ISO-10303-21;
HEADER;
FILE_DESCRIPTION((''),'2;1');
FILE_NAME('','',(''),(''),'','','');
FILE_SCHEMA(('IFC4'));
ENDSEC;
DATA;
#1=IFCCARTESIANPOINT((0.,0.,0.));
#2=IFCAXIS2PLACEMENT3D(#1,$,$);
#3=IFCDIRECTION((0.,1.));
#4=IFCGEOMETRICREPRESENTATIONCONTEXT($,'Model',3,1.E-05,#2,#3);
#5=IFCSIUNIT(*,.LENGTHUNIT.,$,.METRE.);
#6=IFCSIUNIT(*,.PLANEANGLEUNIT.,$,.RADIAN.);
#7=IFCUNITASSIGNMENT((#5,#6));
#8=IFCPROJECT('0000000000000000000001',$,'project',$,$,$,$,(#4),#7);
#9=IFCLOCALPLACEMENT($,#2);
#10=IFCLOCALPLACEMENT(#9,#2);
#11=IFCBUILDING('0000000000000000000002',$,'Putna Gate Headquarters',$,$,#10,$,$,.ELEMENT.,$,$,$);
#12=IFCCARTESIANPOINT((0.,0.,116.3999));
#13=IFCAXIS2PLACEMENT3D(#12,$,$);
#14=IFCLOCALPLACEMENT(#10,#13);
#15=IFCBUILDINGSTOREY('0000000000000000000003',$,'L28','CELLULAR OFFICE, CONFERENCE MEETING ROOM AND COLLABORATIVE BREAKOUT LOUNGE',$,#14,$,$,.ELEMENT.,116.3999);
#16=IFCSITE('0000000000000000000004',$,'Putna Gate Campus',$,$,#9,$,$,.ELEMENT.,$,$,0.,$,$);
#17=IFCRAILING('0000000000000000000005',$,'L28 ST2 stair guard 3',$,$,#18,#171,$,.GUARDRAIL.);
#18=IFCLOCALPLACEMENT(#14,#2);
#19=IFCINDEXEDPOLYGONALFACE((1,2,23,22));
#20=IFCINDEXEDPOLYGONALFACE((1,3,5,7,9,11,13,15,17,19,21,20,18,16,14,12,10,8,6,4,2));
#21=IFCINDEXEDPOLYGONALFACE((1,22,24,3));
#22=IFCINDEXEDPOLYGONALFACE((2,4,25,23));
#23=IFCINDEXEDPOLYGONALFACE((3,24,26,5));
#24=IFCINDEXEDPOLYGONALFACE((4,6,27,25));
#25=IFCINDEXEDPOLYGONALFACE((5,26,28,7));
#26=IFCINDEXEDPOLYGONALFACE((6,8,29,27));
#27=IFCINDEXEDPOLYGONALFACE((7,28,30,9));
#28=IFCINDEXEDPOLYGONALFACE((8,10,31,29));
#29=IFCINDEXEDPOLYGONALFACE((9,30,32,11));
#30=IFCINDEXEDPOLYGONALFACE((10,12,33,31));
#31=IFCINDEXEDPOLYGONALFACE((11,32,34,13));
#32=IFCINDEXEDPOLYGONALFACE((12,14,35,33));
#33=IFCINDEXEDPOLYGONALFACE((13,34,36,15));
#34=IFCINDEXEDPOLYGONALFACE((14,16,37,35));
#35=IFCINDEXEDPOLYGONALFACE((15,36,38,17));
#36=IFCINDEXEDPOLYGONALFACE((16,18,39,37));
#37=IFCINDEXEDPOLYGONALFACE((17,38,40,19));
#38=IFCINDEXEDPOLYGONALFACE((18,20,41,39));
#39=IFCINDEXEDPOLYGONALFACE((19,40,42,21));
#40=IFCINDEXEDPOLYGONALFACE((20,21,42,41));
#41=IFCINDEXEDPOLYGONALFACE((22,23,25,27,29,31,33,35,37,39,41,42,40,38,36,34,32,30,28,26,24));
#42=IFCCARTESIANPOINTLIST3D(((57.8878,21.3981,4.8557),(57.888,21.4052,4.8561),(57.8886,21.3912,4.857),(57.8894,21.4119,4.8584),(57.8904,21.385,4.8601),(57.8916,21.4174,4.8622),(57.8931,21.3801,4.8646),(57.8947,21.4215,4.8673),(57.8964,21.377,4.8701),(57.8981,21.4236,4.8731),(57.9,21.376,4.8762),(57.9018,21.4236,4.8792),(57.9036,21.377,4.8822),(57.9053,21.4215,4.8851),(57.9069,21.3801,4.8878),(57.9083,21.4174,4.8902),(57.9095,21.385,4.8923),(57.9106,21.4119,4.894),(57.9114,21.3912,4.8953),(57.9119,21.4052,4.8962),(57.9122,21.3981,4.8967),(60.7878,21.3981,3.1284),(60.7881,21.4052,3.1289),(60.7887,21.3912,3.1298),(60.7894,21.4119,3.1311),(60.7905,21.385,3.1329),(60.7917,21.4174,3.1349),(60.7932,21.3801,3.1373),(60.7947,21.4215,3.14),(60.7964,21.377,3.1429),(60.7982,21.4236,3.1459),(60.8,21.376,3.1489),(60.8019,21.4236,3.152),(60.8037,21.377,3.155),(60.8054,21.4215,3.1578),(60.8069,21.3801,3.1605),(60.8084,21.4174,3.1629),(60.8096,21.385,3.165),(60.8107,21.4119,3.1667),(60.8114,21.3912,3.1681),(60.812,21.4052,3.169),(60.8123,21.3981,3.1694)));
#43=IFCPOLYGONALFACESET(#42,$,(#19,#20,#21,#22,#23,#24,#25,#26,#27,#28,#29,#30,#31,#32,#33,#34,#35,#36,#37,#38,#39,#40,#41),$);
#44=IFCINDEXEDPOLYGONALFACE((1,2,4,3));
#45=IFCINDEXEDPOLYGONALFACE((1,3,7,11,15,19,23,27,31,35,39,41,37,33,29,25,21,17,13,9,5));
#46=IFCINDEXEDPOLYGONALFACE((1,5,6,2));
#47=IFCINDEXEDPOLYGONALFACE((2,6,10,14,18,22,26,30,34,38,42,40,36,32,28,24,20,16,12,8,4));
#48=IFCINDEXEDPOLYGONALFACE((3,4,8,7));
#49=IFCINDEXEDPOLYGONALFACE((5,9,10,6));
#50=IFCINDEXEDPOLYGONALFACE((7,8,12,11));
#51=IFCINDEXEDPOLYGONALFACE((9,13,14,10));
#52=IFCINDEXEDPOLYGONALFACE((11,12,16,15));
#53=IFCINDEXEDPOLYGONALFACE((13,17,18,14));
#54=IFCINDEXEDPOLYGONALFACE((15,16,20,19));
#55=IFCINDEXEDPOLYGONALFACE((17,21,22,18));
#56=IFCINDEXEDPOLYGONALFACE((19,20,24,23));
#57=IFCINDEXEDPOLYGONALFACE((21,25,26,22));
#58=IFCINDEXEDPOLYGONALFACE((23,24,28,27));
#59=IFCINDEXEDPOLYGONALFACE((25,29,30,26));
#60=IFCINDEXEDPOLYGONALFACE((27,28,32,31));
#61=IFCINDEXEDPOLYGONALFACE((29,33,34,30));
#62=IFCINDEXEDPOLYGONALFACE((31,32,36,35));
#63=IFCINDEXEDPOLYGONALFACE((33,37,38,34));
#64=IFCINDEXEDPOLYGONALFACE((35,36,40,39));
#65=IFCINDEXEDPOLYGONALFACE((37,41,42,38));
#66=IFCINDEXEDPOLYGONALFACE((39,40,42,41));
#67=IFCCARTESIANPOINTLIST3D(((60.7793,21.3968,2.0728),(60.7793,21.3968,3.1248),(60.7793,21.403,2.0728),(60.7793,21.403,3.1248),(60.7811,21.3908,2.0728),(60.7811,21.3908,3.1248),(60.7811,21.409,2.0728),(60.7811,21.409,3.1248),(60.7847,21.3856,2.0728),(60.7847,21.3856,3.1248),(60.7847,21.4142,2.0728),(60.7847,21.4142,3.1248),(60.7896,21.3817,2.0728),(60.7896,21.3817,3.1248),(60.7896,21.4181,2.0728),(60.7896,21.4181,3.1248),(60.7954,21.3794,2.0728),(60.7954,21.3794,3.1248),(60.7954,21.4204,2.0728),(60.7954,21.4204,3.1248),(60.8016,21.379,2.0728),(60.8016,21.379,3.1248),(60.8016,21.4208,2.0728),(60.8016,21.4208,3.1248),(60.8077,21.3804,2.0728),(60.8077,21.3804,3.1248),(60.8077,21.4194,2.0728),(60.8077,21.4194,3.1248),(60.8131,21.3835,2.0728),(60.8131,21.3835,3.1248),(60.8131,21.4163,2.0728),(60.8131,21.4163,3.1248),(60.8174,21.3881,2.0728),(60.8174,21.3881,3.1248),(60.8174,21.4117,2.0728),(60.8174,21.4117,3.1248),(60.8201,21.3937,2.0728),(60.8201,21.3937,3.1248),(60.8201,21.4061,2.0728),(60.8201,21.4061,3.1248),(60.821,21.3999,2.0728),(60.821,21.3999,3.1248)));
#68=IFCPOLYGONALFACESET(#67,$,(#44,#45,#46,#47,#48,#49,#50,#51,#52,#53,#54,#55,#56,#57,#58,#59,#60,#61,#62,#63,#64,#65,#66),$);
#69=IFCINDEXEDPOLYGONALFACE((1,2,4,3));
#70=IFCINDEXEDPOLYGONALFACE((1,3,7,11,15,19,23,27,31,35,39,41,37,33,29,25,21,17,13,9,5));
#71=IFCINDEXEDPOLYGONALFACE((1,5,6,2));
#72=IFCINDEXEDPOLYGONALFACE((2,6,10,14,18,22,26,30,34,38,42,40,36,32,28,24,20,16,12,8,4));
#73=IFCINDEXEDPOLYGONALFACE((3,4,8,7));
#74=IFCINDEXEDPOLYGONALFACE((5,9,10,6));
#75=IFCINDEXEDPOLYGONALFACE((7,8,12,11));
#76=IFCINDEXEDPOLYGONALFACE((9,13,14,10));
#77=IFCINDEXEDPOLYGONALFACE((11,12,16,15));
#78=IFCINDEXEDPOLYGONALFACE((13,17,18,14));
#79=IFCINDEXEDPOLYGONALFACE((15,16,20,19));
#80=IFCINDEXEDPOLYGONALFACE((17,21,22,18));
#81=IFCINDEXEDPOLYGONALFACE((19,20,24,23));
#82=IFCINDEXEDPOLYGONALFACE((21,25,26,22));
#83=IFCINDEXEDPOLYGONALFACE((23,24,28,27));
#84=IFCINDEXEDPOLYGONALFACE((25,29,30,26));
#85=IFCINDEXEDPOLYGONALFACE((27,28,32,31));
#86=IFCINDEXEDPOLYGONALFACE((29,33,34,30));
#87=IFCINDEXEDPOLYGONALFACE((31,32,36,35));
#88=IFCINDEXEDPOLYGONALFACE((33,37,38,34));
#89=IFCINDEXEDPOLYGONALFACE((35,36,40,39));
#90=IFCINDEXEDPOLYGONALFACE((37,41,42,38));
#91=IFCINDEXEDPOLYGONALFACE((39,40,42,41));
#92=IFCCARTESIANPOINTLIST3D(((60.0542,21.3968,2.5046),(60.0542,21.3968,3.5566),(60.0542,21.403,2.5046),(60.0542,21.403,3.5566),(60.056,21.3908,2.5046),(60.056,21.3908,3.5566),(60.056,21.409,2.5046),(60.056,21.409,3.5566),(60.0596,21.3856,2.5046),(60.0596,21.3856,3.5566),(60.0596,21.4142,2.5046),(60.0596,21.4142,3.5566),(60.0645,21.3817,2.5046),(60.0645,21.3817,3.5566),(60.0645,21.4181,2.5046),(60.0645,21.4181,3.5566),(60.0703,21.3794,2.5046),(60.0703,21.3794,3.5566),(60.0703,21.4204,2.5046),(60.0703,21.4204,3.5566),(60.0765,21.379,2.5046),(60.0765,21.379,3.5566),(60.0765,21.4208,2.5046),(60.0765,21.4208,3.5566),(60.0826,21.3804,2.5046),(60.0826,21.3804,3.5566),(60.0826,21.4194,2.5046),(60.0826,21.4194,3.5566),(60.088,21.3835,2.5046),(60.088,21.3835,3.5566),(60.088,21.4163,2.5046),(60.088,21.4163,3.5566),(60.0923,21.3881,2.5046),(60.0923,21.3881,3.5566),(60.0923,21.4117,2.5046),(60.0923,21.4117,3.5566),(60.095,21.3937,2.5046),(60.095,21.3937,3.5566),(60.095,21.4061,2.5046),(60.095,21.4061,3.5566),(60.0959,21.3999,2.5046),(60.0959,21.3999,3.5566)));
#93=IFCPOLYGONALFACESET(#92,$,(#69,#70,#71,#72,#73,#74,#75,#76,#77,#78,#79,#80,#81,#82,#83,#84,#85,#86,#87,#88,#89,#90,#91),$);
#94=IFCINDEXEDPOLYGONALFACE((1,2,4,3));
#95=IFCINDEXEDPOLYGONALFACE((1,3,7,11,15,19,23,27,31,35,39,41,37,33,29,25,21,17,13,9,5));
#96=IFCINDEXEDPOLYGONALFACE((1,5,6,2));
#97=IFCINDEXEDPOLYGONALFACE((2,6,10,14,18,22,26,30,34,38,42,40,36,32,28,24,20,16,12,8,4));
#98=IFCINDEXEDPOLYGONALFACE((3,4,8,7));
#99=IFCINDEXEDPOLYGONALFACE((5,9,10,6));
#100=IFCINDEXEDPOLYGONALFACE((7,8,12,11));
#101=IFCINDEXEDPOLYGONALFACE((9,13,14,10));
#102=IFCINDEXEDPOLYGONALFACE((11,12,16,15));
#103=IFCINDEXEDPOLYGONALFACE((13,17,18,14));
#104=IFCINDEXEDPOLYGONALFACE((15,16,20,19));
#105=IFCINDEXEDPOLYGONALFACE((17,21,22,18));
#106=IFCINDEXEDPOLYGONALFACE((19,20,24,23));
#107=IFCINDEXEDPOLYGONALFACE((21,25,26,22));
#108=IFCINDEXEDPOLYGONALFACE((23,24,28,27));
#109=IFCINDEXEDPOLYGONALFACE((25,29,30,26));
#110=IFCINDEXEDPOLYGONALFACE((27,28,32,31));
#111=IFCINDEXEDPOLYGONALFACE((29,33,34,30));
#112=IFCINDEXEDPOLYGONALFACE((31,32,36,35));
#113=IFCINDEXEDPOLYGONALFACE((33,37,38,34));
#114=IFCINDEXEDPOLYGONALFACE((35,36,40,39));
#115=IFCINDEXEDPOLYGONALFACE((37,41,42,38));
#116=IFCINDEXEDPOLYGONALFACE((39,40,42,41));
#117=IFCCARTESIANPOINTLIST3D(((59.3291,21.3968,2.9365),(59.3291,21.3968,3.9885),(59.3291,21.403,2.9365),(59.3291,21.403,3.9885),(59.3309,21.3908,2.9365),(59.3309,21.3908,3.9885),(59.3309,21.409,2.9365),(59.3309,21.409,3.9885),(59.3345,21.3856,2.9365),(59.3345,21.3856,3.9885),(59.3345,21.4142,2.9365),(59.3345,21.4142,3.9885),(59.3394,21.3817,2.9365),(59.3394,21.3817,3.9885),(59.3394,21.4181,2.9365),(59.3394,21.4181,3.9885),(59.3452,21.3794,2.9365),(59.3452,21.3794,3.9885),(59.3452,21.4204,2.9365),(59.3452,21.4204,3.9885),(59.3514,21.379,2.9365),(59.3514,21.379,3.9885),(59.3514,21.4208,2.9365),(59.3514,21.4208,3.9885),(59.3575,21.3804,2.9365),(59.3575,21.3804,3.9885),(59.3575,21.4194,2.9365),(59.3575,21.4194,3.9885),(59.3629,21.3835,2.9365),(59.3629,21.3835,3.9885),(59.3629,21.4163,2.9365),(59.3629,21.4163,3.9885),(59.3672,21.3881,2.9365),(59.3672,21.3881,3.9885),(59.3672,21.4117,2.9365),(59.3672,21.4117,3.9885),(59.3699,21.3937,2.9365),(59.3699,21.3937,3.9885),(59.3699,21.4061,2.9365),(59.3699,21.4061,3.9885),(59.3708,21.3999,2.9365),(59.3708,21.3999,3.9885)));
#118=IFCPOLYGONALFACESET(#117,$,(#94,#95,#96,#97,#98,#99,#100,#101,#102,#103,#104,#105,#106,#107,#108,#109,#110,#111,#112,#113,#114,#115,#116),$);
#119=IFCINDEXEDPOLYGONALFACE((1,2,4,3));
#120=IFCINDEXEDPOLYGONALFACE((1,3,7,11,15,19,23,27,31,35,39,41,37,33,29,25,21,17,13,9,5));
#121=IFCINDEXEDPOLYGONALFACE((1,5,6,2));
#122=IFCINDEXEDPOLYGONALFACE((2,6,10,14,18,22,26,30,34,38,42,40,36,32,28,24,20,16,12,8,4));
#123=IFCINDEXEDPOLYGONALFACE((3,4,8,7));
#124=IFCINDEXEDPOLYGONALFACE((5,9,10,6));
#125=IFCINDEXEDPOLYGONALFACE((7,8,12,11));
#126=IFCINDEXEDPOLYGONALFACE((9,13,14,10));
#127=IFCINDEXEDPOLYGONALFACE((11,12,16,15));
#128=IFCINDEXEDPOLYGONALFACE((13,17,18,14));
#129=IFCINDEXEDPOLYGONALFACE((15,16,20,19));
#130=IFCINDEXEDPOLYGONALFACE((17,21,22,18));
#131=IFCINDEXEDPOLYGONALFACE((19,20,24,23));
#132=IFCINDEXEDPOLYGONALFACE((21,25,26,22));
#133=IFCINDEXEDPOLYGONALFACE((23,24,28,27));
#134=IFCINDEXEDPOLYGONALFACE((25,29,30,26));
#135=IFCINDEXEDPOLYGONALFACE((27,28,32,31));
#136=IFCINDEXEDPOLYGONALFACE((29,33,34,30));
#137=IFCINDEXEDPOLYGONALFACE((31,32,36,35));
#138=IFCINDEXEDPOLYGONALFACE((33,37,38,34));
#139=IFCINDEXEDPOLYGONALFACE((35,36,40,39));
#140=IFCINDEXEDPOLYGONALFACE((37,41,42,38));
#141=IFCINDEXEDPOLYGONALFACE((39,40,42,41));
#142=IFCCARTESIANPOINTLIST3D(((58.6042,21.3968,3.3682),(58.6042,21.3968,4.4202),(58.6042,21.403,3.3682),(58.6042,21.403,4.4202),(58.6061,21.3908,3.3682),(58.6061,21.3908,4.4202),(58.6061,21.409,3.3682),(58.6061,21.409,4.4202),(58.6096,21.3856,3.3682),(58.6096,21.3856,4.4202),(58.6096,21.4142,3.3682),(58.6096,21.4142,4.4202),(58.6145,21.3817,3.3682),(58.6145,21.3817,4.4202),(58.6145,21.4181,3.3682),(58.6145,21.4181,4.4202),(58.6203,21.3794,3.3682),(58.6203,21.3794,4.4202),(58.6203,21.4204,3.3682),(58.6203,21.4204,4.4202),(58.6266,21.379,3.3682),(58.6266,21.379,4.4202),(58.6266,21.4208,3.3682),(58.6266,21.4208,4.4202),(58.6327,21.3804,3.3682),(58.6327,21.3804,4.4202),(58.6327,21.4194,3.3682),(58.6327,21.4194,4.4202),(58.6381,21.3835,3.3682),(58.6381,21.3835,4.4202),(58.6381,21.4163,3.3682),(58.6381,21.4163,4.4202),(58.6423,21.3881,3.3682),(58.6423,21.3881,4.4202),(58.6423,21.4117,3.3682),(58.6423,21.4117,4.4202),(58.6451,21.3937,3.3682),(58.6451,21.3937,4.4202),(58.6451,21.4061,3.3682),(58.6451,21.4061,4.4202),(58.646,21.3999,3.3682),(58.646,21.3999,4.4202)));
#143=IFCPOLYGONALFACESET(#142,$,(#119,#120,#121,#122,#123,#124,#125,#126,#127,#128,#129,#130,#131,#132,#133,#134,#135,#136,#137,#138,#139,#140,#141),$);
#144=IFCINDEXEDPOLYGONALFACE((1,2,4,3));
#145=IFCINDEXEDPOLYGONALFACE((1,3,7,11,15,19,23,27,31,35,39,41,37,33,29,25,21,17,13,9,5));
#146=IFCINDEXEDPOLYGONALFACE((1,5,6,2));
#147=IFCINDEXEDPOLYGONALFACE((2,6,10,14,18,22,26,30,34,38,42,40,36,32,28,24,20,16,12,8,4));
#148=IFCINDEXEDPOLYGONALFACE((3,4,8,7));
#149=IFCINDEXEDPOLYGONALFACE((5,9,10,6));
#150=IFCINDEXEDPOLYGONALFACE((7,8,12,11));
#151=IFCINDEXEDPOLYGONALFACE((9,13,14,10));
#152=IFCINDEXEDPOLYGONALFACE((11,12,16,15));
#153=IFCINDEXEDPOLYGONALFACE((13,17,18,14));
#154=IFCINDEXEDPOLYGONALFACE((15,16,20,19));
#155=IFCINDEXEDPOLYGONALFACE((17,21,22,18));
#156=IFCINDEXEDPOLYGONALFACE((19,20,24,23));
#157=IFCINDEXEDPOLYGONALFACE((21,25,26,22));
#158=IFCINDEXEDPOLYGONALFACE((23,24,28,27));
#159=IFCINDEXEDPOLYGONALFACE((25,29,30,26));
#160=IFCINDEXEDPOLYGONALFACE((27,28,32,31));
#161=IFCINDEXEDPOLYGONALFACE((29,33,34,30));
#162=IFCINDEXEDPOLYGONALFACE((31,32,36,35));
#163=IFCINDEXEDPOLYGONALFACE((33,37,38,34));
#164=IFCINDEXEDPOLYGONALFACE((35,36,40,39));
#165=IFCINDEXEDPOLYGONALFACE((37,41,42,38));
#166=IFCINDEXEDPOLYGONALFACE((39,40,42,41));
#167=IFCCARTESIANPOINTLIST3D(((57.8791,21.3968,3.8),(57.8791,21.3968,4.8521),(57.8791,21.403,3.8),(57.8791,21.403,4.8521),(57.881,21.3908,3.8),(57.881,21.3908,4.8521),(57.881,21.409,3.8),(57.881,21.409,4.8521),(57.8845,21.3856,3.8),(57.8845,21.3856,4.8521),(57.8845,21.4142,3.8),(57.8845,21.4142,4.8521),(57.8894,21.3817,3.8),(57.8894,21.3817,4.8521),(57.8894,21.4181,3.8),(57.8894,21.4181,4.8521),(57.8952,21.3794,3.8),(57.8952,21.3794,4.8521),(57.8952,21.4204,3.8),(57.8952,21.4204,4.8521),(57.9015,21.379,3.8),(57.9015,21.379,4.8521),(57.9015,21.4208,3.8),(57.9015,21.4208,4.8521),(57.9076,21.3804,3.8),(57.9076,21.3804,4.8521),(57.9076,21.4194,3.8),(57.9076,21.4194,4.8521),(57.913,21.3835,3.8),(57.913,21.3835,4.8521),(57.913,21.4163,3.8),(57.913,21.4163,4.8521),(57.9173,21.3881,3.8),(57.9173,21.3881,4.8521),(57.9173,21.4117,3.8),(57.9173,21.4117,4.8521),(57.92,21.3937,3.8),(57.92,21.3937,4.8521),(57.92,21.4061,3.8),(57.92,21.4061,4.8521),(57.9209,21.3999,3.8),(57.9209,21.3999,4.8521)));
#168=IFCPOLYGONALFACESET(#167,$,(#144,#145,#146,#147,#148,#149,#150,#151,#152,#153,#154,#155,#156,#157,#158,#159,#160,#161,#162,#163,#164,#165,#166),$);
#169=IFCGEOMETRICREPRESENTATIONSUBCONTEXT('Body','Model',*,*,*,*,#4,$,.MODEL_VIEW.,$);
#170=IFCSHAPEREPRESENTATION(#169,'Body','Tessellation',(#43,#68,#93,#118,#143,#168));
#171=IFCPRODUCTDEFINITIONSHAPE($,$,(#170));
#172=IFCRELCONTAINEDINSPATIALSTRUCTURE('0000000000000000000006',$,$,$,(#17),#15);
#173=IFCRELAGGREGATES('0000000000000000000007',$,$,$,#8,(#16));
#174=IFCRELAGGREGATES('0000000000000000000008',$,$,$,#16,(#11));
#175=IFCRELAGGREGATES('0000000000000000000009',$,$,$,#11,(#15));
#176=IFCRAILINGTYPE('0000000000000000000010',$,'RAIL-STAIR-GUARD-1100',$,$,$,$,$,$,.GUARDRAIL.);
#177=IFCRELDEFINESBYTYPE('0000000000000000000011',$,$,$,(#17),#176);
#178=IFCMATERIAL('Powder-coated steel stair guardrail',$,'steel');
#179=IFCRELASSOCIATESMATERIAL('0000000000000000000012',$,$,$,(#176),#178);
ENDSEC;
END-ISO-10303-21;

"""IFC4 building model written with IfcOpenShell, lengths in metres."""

from ifc_helpers import new_model, si_unit, direction, frame, origin, origin_2d, place, context, subcontext, project, spatial, circle, extrude, material, type_object, element, save


model = new_model("IFC4")

# Units and contexts
model_context = context("Model", 3, precision=1e-05, world=origin(), true_north=direction((0.0, 1.0)))
body_context = subcontext(model_context, "Body", "Model", "MODEL_VIEW")
ifc_project = project(units=[si_unit("LENGTHUNIT", "METRE"), si_unit("PLANEANGLEUNIT", "RADIAN")], contexts=[model_context])

# Site, building, storey
site_placement = place(None, origin())
site = spatial("IfcSite", under=ifc_project, at=site_placement, Name="Putna Gate Campus", CompositionType="ELEMENT", RefElevation=0.0)
building_placement = place(site_placement, origin())
building = spatial("IfcBuilding", under=site, at=building_placement, Name="Putna Gate Headquarters", CompositionType="ELEMENT")
storey_placement = place(building_placement, frame((0.0, 0.0, 116.3999)))
storey = spatial("IfcBuildingStorey", under=building, at=storey_placement, Name="L28", Description="CELLULAR OFFICE, CONFERENCE MEETING ROOM AND COLLABORATIVE BREAKOUT LOUNGE", CompositionType="ELEMENT", Elevation=116.3999)

# Railing
ifc_material_1 = material(Name="Powder-coated steel stair guardrail", Category="steel")
railing_type_1 = type_object("IfcRailingType", Name="RAIL-STAIR-GUARD-1100", PredefinedType="GUARDRAIL", material=ifc_material_1)
railing_1_placement = place(storey_placement, frame((60.8, 21.3999, 2.0728)))
element("IfcRailing", 1, at=railing_1_placement, inside=storey, type_object=railing_type_1, Name="L28 ST2 stair guard 3", PredefinedType="GUARDRAIL", context=body_context, shape_type="SweptSolid", body=[
    extrude(circle(Radius=0.0239, at=origin_2d()), frame((0.0, 0.0, 1.0762), z_axis=(-0.85916, 0.0, 0.511706), x_axis=(0.0, -1.0, 0.0)), (0.0, 0.0, 1.0), 3.3755),
    extrude(circle(Radius=0.021, at=origin_2d()), origin(), (0.0, 0.0, 1.0), 1.052),
    extrude(circle(Radius=0.021, at=origin_2d()), frame((-0.7251, 0.0, 0.4319)), (0.0, 0.0, 1.0), 1.052),
    extrude(circle(Radius=0.021, at=origin_2d()), frame((-1.4502, 0.0, 0.8638)), (0.0, 0.0, 1.0), 1.052),
    extrude(circle(Radius=0.021, at=origin_2d()), frame((-2.175, 0.0, 1.2954)), (0.0, 0.0, 1.0), 1.052),
    extrude(circle(Radius=0.021, at=origin_2d()), frame((-2.9001, 0.0, 1.7273)), (0.0, 0.0, 1.0), 1.052),
])

save(model, "model.ifc")
